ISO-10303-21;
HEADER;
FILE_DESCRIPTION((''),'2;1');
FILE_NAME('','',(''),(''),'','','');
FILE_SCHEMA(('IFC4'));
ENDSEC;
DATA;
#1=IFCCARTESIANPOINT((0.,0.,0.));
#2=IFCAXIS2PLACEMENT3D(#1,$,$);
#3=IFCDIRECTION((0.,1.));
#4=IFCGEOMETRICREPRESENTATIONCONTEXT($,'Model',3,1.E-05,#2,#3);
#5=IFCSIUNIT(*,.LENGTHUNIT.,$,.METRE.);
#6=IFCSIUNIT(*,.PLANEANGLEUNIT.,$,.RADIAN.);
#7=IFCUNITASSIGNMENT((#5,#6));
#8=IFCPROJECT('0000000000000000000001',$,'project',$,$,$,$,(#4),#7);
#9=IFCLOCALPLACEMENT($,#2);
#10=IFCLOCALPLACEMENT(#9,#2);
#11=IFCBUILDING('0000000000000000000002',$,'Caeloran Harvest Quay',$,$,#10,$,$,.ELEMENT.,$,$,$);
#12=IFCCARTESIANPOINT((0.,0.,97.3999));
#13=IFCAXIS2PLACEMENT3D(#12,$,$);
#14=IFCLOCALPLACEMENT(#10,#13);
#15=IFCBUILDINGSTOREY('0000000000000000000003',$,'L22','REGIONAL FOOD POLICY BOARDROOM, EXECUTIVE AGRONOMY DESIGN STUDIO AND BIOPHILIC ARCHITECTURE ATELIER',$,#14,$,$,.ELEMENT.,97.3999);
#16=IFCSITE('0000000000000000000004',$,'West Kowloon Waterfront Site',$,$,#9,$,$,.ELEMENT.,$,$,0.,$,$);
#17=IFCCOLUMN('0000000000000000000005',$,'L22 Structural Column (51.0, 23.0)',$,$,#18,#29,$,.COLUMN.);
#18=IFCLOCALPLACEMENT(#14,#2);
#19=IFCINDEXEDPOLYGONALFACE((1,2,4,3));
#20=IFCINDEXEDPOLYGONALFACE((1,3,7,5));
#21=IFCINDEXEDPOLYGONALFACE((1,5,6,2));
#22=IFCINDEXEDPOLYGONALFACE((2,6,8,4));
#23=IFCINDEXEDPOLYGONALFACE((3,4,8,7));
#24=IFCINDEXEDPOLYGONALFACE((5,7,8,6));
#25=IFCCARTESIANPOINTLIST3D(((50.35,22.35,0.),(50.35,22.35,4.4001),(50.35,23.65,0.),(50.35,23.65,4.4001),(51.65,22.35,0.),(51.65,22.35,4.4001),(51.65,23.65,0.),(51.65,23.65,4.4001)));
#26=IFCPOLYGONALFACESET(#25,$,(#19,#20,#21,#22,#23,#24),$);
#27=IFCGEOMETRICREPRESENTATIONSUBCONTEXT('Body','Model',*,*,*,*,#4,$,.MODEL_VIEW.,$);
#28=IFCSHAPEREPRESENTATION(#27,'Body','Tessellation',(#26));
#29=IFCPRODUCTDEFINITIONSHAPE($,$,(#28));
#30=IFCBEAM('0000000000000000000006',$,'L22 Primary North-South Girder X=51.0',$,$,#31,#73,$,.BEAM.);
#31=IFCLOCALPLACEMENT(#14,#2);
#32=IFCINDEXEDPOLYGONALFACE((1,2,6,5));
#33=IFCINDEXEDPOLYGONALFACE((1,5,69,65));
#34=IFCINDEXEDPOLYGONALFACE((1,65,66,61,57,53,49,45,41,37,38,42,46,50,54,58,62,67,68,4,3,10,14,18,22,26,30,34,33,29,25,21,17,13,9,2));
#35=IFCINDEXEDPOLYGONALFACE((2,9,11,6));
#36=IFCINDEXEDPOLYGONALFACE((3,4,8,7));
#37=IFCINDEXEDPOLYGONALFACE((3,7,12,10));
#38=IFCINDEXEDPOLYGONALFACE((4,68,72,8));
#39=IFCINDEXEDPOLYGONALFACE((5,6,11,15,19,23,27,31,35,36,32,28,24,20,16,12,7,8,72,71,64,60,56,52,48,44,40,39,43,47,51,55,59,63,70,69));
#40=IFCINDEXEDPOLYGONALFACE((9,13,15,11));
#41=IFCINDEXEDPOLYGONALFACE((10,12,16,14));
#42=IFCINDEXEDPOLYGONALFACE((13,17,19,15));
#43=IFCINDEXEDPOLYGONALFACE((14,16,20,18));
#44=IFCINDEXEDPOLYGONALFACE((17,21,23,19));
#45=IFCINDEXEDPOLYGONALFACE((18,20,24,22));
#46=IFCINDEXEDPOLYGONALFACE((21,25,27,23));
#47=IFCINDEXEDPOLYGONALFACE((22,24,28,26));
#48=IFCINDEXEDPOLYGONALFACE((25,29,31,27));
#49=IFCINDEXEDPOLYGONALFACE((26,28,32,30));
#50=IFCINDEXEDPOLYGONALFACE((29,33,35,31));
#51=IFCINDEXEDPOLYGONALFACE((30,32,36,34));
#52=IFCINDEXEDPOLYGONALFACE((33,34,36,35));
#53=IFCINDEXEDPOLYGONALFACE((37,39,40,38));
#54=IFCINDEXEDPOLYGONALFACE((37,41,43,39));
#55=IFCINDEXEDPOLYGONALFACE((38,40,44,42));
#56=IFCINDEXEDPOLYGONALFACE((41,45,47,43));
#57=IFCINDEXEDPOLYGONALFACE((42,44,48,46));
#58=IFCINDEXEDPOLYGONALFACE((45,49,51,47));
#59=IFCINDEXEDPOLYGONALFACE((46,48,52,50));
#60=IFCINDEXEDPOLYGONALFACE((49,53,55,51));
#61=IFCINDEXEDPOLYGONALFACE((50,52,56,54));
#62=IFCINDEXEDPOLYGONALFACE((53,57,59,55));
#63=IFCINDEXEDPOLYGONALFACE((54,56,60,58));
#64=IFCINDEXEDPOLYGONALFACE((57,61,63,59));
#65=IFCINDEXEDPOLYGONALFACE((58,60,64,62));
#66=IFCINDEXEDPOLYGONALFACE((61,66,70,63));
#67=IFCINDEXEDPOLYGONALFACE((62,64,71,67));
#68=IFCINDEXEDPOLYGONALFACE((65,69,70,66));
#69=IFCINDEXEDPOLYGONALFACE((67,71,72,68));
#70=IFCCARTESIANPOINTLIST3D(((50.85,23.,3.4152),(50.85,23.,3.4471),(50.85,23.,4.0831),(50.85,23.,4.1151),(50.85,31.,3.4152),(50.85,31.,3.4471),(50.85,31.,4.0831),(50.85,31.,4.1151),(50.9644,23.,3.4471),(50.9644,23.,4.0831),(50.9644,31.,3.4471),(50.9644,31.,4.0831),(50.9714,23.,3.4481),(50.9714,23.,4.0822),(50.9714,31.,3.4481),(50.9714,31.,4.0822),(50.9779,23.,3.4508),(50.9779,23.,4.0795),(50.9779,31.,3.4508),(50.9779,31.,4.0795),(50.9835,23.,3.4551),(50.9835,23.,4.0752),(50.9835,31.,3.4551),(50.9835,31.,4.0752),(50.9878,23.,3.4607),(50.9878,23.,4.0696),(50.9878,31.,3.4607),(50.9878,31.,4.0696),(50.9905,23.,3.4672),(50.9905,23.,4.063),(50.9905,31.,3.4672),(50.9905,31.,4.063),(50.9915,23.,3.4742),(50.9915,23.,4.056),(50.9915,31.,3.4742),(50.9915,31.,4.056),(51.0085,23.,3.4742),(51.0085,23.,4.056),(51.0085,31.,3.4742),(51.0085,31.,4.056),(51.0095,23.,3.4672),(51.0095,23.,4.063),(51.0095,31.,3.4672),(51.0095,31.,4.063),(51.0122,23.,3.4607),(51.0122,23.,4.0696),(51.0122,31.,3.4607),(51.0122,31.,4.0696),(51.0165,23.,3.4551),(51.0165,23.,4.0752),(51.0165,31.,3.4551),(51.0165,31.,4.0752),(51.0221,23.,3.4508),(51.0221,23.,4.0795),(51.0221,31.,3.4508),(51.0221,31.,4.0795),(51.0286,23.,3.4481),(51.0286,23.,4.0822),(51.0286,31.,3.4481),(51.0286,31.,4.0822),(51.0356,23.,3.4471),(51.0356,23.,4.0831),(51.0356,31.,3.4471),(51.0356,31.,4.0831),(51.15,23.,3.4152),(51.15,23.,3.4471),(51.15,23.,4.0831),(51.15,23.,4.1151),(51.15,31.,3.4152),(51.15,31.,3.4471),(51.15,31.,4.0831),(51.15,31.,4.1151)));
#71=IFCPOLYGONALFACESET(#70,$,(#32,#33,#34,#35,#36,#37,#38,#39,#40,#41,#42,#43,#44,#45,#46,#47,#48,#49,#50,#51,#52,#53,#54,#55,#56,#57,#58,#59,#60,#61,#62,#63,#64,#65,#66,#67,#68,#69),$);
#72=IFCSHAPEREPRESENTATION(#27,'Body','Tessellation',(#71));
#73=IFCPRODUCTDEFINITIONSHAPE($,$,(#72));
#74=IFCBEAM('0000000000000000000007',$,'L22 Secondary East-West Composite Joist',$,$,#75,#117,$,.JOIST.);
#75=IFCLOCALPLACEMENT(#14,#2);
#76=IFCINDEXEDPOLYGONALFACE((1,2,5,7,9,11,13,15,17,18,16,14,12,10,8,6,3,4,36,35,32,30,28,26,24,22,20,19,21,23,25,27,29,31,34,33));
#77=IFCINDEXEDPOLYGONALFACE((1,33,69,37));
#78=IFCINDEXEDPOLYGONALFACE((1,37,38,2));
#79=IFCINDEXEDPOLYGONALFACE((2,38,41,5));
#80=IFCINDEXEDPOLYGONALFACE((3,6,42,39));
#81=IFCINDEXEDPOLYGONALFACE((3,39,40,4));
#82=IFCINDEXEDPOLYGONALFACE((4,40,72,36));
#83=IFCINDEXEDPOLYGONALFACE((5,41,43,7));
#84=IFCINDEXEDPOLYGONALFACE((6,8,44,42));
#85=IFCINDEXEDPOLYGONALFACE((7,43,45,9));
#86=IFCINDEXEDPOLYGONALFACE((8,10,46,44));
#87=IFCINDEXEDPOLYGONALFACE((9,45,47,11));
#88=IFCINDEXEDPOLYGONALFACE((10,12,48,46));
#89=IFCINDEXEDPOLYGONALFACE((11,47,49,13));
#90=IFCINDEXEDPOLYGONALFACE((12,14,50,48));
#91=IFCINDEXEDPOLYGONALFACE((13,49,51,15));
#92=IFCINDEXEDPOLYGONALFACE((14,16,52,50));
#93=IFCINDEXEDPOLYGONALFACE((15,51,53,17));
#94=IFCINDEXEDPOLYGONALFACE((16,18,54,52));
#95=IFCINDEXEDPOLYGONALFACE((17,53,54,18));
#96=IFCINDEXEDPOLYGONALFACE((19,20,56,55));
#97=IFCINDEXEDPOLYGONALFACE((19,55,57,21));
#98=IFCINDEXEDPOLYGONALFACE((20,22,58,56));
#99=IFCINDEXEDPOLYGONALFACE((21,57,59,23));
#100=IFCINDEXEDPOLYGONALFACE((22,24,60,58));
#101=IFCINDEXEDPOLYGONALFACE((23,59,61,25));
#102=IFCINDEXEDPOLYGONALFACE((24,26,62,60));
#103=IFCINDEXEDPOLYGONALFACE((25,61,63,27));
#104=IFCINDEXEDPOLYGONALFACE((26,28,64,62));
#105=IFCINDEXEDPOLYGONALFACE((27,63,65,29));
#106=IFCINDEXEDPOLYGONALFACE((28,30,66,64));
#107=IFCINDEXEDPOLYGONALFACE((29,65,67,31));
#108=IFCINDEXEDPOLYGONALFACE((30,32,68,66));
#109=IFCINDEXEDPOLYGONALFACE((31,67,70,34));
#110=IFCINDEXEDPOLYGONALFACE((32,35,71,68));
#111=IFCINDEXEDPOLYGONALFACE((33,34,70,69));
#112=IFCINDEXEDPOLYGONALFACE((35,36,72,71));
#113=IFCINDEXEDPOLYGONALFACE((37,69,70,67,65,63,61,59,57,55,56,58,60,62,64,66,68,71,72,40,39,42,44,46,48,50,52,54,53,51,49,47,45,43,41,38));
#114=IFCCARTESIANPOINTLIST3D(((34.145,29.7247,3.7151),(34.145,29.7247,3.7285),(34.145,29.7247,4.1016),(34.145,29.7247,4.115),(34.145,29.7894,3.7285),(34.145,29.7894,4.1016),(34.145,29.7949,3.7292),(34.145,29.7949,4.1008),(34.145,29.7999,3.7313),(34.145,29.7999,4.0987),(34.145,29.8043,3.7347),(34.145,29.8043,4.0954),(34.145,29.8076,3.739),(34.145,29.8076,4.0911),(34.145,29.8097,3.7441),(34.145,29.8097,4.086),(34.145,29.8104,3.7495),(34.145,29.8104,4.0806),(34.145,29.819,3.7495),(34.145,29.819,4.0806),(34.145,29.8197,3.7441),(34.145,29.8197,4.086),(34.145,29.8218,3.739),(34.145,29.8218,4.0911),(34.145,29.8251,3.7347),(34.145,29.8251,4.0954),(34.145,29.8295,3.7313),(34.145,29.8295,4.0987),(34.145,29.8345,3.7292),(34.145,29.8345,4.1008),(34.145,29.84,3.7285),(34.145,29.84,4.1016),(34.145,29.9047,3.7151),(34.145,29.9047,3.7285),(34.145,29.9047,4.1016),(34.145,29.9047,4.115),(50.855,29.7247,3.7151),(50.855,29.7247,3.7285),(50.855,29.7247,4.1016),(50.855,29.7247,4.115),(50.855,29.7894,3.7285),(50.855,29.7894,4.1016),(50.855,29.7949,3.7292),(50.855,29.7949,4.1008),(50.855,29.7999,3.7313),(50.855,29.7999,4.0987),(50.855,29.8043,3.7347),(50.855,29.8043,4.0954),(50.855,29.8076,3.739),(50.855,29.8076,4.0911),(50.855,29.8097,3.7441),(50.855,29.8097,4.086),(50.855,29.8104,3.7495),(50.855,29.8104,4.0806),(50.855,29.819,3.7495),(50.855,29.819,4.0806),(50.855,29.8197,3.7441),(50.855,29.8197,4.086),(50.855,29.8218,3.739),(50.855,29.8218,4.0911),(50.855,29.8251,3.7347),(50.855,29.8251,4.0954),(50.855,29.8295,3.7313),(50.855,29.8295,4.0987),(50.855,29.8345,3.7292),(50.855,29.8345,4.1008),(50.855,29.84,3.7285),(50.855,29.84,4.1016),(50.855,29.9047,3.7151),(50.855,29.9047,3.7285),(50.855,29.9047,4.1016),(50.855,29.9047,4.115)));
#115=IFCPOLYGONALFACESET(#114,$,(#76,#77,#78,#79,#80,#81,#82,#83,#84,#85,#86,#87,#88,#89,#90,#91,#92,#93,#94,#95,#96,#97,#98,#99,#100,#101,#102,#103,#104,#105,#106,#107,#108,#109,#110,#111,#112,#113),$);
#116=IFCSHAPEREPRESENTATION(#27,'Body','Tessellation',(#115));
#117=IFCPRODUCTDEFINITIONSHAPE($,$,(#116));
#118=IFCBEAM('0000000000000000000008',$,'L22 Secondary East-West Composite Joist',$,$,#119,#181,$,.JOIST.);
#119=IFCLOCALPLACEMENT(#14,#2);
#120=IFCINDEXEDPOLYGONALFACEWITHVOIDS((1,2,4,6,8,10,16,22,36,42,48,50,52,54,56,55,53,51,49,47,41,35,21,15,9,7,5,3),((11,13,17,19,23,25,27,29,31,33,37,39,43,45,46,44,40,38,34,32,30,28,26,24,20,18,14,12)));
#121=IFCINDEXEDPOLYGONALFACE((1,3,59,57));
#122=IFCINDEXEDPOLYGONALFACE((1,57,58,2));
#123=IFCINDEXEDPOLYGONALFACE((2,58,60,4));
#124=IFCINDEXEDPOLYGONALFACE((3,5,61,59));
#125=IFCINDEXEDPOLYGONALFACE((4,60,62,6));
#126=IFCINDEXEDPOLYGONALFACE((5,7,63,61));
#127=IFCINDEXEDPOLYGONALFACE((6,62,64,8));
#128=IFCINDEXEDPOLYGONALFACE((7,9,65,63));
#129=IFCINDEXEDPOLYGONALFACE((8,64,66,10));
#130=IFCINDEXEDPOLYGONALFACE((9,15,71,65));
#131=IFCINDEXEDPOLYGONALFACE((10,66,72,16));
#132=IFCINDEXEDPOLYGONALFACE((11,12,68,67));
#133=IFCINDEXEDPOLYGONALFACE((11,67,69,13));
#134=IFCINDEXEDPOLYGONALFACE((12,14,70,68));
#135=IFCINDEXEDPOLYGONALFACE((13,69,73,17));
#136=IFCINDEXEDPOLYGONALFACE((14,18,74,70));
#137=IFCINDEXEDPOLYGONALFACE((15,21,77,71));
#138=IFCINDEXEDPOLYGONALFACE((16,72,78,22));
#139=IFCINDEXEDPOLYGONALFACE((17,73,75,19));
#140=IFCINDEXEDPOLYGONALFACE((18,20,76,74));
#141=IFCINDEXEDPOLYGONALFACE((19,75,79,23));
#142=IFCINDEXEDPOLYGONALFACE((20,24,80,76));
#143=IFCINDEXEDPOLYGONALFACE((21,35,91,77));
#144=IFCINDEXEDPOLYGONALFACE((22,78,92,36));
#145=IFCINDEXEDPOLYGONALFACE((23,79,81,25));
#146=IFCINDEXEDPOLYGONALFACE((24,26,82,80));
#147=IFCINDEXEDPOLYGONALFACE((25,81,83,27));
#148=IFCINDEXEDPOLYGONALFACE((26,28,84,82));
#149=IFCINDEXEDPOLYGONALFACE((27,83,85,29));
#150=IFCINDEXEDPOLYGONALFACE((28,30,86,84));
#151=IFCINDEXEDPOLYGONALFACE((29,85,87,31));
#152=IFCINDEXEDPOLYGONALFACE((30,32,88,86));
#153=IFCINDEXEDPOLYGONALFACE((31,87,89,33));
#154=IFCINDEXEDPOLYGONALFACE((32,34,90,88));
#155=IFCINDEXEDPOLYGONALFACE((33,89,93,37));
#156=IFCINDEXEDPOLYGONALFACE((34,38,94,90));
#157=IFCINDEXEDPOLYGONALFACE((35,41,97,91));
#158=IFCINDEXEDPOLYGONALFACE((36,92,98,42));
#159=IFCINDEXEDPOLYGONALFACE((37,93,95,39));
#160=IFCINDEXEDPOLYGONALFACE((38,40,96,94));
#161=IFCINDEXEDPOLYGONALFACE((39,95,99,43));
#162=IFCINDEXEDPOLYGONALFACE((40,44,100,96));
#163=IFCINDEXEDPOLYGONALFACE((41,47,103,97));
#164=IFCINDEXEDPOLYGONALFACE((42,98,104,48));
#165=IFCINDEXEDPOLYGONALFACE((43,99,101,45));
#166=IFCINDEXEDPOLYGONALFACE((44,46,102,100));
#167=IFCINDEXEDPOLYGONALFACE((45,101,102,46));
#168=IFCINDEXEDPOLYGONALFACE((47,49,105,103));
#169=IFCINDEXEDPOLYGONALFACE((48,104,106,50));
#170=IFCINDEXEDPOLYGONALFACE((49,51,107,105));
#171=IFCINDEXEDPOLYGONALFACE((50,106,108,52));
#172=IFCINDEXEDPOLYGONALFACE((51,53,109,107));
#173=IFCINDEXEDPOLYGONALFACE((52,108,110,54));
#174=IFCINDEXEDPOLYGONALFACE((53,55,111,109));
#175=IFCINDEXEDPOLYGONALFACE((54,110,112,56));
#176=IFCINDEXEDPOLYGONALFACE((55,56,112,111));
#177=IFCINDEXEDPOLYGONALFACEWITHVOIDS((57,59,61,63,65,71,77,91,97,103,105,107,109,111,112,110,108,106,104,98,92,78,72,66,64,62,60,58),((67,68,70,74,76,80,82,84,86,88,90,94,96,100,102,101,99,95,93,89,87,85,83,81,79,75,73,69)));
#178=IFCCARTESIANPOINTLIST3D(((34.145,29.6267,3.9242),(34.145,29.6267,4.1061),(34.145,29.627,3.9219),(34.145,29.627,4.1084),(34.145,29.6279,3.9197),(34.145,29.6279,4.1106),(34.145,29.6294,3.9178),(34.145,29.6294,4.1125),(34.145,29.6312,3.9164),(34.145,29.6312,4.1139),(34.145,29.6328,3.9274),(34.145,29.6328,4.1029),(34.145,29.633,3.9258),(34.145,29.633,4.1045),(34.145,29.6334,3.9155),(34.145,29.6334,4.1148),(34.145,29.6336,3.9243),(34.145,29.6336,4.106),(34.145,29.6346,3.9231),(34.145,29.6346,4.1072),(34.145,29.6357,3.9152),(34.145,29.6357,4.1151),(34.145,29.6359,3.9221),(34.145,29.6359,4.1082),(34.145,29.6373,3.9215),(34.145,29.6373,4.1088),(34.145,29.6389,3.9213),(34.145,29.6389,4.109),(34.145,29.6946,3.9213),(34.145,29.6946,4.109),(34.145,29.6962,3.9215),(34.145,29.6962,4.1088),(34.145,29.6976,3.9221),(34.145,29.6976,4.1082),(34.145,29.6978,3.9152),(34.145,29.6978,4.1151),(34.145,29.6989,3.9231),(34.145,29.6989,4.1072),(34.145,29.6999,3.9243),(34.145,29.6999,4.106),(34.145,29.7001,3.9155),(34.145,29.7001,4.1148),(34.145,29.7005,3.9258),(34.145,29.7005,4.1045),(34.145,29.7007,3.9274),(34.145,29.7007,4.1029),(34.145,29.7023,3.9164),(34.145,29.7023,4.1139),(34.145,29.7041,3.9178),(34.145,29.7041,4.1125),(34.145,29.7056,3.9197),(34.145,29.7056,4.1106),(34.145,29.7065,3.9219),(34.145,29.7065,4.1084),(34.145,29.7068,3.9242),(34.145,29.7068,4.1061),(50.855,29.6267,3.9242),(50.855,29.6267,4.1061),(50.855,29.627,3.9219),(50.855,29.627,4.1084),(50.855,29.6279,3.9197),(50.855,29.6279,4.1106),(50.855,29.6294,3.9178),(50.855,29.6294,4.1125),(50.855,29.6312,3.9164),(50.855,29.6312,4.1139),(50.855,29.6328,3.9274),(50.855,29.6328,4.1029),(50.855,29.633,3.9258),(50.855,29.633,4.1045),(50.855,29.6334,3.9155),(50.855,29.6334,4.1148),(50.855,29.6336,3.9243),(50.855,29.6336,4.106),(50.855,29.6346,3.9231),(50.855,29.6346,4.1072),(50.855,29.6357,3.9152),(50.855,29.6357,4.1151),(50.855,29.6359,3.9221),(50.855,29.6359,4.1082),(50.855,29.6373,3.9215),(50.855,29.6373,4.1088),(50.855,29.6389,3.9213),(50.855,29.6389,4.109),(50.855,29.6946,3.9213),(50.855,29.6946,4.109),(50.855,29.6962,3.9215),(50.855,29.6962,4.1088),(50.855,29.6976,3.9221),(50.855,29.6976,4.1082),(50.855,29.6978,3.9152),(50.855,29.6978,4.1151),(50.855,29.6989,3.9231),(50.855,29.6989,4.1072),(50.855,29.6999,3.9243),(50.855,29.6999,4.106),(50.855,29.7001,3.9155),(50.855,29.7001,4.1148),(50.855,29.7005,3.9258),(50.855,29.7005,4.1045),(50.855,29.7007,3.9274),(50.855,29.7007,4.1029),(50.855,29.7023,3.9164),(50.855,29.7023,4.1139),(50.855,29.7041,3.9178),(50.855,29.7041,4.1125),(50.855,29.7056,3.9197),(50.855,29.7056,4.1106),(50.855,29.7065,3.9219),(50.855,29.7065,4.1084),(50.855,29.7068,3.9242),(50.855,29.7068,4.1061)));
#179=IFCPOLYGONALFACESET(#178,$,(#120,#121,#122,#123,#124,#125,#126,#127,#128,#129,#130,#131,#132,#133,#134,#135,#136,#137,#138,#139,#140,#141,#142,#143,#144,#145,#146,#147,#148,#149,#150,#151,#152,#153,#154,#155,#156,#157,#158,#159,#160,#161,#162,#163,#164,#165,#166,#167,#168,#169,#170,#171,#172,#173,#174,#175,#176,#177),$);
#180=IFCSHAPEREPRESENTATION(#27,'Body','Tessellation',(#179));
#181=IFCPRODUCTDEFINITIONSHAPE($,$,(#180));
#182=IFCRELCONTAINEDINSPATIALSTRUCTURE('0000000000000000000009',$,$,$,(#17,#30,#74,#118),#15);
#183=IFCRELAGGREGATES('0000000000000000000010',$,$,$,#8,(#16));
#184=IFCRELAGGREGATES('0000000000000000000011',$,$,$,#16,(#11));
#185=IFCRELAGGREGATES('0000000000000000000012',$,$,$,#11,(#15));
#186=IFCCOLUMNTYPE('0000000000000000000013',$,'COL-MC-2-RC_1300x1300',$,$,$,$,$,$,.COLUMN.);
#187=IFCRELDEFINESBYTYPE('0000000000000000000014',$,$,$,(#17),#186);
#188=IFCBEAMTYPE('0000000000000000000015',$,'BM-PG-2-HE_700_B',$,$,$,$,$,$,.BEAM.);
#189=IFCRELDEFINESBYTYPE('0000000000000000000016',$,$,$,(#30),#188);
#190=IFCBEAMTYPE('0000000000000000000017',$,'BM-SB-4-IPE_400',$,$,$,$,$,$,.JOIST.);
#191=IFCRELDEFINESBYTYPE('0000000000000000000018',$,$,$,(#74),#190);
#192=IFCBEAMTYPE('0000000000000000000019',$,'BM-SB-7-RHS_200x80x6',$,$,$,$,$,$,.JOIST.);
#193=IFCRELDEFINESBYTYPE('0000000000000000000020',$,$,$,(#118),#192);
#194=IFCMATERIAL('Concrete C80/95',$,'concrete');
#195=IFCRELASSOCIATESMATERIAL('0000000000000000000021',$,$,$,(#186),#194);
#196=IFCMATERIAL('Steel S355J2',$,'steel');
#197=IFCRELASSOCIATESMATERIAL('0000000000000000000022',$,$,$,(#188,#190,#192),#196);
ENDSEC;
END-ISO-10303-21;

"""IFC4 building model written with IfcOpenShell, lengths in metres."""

from ifc_helpers import new_model, si_unit, direction, frame, origin, origin_2d, place, context, subcontext, project, spatial, rectangle, hollow_rectangle, i_section, extrude, material, material_profile, profile_set, type_object, element, save


model = new_model("IFC4")

# Units and contexts
model_context = context("Model", 3, precision=1e-05, world=origin(), true_north=direction((0.0, 1.0)))
body_context = subcontext(model_context, "Body", "Model", "MODEL_VIEW")
ifc_project = project(units=[si_unit("LENGTHUNIT", "METRE"), si_unit("PLANEANGLEUNIT", "RADIAN")], contexts=[model_context])

# Site, building, storey
site_placement = place(None, origin())
site = spatial("IfcSite", under=ifc_project, at=site_placement, Name="West Kowloon Waterfront Site", CompositionType="ELEMENT", RefElevation=0.0)
building_placement = place(site_placement, origin())
building = spatial("IfcBuilding", under=site, at=building_placement, Name="Caeloran Harvest Quay", CompositionType="ELEMENT")
storey_placement = place(building_placement, frame((0.0, 0.0, 97.3999)))
storey = spatial("IfcBuildingStorey", under=building, at=storey_placement, Name="L22", Description="REGIONAL FOOD POLICY BOARDROOM, EXECUTIVE AGRONOMY DESIGN STUDIO AND BIOPHILIC ARCHITECTURE ATELIER", CompositionType="ELEMENT", Elevation=97.3999)

# Column
ifc_material_1 = material(Name="Concrete C80/95", Category="concrete")
ifc_material_profile_1 = material_profile(ifc_material_1, rectangle(XDim=1.3, YDim=1.3, at=origin_2d()), Name="RC 1300x1300")
ifc_profile_set_1 = profile_set([ifc_material_profile_1], Name="Concrete C80/95")
column_type = type_object("IfcColumnType", Name="COL-MC-2-RC_1300x1300", PredefinedType="COLUMN", material=ifc_profile_set_1)
column_placement = place(storey_placement, frame((51.0, 23.0, 0.0), z_axis=(0.0, 0.0, 1.0), x_axis=(1.0, 0.0, 0.0)))
element("IfcColumn", 1, at=column_placement, inside=storey, type_object=column_type, Name="L22 Structural Column (51.0, 23.0)", PredefinedType="COLUMN", context=body_context, shape_type="SweptSolid", body=[
    extrude(rectangle(XDim=1.3, YDim=1.3, at=origin_2d()), origin(), (0.0, 0.0, 1.0), 4.4001),
])

# Beams
ifc_material_2 = material(Name="Steel S355J2", Category="steel")
ifc_material_profile_2 = material_profile(ifc_material_2, i_section(OverallWidth=0.3, OverallDepth=0.7, WebThickness=0.0171, FlangeThickness=0.032, FilletRadius=0.0271, at=origin_2d()), Name="HE 700 B")
ifc_profile_set_2 = profile_set([ifc_material_profile_2], Name="Steel S355J2")
beam_type_1 = type_object("IfcBeamType", Name="BM-PG-2-HE_700_B", PredefinedType="BEAM", material=ifc_profile_set_2)
beam_1_placement = place(storey_placement, frame((51.0, 23.0, 3.7651), z_axis=(0.0, 1.0, 0.0), x_axis=(-1.0, 0.0, 0.0)))
element("IfcBeam", 2, at=beam_1_placement, inside=storey, type_object=beam_type_1, Name="L22 Primary North-South Girder X=51.0", PredefinedType="BEAM", context=body_context, shape_type="SweptSolid", body=[
    extrude(i_section(OverallWidth=0.3, OverallDepth=0.7, WebThickness=0.0171, FlangeThickness=0.032, FilletRadius=0.0271, at=origin_2d()), origin(), (0.0, 0.0, 1.0), 8.0),
])
ifc_material_profile_3 = material_profile(ifc_material_2, i_section(OverallWidth=0.1799, OverallDepth=0.3999, WebThickness=0.0085, FlangeThickness=0.0134, FilletRadius=0.021, at=origin_2d()), Name="IPE 400")
ifc_profile_set_3 = profile_set([ifc_material_profile_3], Name="Steel S355J2")
beam_type_2 = type_object("IfcBeamType", Name="BM-SB-4-IPE_400", PredefinedType="JOIST", material=ifc_profile_set_3)
beam_2_placement = place(storey_placement, frame((34.145, 29.8147, 3.915), z_axis=(1.0, 0.0, 0.0), x_axis=(0.0, 1.0, 0.0)))
element("IfcBeam", 3, at=beam_2_placement, inside=storey, type_object=beam_type_2, Name="L22 Secondary East-West Composite Joist", PredefinedType="JOIST", context=body_context, shape_type="SweptSolid", body=[
    extrude(i_section(OverallWidth=0.1799, OverallDepth=0.3999, WebThickness=0.0085, FlangeThickness=0.0134, FilletRadius=0.021, at=origin_2d()), origin(), (0.0, 0.0, 1.0), 16.71),
])
ifc_material_profile_4 = material_profile(ifc_material_2, hollow_rectangle(XDim=0.0801, YDim=0.2, WallThickness=0.0061, InnerFilletRadius=0.0061, OuterFilletRadius=0.009, at=origin_2d()), Name="RHS 200x80x6")
ifc_profile_set_4 = profile_set([ifc_material_profile_4], Name="Steel S355J2")
beam_type_3 = type_object("IfcBeamType", Name="BM-SB-7-RHS_200x80x6", PredefinedType="JOIST", material=ifc_profile_set_4)
for number, where, z_axis, x_axis, name in (
    (4, (34.145, 29.6667, 4.0151), (1.0, 0.0, 0.0), (0.0, 1.0, 0.0), "L22 Secondary East-West Composite Joist"),
):
    element("IfcBeam", number, at=place(storey_placement, frame(where, z_axis=z_axis, x_axis=x_axis)), inside=storey, type_object=beam_type_3, Name=name, PredefinedType="JOIST", context=body_context, shape_type="SweptSolid", body=[
        extrude(hollow_rectangle(XDim=0.0801, YDim=0.2, WallThickness=0.0061, InnerFilletRadius=0.0061, OuterFilletRadius=0.009, at=origin_2d()), origin(), (0.0, 0.0, 1.0), 16.71),
    ])

save(model, "model.ifc")
